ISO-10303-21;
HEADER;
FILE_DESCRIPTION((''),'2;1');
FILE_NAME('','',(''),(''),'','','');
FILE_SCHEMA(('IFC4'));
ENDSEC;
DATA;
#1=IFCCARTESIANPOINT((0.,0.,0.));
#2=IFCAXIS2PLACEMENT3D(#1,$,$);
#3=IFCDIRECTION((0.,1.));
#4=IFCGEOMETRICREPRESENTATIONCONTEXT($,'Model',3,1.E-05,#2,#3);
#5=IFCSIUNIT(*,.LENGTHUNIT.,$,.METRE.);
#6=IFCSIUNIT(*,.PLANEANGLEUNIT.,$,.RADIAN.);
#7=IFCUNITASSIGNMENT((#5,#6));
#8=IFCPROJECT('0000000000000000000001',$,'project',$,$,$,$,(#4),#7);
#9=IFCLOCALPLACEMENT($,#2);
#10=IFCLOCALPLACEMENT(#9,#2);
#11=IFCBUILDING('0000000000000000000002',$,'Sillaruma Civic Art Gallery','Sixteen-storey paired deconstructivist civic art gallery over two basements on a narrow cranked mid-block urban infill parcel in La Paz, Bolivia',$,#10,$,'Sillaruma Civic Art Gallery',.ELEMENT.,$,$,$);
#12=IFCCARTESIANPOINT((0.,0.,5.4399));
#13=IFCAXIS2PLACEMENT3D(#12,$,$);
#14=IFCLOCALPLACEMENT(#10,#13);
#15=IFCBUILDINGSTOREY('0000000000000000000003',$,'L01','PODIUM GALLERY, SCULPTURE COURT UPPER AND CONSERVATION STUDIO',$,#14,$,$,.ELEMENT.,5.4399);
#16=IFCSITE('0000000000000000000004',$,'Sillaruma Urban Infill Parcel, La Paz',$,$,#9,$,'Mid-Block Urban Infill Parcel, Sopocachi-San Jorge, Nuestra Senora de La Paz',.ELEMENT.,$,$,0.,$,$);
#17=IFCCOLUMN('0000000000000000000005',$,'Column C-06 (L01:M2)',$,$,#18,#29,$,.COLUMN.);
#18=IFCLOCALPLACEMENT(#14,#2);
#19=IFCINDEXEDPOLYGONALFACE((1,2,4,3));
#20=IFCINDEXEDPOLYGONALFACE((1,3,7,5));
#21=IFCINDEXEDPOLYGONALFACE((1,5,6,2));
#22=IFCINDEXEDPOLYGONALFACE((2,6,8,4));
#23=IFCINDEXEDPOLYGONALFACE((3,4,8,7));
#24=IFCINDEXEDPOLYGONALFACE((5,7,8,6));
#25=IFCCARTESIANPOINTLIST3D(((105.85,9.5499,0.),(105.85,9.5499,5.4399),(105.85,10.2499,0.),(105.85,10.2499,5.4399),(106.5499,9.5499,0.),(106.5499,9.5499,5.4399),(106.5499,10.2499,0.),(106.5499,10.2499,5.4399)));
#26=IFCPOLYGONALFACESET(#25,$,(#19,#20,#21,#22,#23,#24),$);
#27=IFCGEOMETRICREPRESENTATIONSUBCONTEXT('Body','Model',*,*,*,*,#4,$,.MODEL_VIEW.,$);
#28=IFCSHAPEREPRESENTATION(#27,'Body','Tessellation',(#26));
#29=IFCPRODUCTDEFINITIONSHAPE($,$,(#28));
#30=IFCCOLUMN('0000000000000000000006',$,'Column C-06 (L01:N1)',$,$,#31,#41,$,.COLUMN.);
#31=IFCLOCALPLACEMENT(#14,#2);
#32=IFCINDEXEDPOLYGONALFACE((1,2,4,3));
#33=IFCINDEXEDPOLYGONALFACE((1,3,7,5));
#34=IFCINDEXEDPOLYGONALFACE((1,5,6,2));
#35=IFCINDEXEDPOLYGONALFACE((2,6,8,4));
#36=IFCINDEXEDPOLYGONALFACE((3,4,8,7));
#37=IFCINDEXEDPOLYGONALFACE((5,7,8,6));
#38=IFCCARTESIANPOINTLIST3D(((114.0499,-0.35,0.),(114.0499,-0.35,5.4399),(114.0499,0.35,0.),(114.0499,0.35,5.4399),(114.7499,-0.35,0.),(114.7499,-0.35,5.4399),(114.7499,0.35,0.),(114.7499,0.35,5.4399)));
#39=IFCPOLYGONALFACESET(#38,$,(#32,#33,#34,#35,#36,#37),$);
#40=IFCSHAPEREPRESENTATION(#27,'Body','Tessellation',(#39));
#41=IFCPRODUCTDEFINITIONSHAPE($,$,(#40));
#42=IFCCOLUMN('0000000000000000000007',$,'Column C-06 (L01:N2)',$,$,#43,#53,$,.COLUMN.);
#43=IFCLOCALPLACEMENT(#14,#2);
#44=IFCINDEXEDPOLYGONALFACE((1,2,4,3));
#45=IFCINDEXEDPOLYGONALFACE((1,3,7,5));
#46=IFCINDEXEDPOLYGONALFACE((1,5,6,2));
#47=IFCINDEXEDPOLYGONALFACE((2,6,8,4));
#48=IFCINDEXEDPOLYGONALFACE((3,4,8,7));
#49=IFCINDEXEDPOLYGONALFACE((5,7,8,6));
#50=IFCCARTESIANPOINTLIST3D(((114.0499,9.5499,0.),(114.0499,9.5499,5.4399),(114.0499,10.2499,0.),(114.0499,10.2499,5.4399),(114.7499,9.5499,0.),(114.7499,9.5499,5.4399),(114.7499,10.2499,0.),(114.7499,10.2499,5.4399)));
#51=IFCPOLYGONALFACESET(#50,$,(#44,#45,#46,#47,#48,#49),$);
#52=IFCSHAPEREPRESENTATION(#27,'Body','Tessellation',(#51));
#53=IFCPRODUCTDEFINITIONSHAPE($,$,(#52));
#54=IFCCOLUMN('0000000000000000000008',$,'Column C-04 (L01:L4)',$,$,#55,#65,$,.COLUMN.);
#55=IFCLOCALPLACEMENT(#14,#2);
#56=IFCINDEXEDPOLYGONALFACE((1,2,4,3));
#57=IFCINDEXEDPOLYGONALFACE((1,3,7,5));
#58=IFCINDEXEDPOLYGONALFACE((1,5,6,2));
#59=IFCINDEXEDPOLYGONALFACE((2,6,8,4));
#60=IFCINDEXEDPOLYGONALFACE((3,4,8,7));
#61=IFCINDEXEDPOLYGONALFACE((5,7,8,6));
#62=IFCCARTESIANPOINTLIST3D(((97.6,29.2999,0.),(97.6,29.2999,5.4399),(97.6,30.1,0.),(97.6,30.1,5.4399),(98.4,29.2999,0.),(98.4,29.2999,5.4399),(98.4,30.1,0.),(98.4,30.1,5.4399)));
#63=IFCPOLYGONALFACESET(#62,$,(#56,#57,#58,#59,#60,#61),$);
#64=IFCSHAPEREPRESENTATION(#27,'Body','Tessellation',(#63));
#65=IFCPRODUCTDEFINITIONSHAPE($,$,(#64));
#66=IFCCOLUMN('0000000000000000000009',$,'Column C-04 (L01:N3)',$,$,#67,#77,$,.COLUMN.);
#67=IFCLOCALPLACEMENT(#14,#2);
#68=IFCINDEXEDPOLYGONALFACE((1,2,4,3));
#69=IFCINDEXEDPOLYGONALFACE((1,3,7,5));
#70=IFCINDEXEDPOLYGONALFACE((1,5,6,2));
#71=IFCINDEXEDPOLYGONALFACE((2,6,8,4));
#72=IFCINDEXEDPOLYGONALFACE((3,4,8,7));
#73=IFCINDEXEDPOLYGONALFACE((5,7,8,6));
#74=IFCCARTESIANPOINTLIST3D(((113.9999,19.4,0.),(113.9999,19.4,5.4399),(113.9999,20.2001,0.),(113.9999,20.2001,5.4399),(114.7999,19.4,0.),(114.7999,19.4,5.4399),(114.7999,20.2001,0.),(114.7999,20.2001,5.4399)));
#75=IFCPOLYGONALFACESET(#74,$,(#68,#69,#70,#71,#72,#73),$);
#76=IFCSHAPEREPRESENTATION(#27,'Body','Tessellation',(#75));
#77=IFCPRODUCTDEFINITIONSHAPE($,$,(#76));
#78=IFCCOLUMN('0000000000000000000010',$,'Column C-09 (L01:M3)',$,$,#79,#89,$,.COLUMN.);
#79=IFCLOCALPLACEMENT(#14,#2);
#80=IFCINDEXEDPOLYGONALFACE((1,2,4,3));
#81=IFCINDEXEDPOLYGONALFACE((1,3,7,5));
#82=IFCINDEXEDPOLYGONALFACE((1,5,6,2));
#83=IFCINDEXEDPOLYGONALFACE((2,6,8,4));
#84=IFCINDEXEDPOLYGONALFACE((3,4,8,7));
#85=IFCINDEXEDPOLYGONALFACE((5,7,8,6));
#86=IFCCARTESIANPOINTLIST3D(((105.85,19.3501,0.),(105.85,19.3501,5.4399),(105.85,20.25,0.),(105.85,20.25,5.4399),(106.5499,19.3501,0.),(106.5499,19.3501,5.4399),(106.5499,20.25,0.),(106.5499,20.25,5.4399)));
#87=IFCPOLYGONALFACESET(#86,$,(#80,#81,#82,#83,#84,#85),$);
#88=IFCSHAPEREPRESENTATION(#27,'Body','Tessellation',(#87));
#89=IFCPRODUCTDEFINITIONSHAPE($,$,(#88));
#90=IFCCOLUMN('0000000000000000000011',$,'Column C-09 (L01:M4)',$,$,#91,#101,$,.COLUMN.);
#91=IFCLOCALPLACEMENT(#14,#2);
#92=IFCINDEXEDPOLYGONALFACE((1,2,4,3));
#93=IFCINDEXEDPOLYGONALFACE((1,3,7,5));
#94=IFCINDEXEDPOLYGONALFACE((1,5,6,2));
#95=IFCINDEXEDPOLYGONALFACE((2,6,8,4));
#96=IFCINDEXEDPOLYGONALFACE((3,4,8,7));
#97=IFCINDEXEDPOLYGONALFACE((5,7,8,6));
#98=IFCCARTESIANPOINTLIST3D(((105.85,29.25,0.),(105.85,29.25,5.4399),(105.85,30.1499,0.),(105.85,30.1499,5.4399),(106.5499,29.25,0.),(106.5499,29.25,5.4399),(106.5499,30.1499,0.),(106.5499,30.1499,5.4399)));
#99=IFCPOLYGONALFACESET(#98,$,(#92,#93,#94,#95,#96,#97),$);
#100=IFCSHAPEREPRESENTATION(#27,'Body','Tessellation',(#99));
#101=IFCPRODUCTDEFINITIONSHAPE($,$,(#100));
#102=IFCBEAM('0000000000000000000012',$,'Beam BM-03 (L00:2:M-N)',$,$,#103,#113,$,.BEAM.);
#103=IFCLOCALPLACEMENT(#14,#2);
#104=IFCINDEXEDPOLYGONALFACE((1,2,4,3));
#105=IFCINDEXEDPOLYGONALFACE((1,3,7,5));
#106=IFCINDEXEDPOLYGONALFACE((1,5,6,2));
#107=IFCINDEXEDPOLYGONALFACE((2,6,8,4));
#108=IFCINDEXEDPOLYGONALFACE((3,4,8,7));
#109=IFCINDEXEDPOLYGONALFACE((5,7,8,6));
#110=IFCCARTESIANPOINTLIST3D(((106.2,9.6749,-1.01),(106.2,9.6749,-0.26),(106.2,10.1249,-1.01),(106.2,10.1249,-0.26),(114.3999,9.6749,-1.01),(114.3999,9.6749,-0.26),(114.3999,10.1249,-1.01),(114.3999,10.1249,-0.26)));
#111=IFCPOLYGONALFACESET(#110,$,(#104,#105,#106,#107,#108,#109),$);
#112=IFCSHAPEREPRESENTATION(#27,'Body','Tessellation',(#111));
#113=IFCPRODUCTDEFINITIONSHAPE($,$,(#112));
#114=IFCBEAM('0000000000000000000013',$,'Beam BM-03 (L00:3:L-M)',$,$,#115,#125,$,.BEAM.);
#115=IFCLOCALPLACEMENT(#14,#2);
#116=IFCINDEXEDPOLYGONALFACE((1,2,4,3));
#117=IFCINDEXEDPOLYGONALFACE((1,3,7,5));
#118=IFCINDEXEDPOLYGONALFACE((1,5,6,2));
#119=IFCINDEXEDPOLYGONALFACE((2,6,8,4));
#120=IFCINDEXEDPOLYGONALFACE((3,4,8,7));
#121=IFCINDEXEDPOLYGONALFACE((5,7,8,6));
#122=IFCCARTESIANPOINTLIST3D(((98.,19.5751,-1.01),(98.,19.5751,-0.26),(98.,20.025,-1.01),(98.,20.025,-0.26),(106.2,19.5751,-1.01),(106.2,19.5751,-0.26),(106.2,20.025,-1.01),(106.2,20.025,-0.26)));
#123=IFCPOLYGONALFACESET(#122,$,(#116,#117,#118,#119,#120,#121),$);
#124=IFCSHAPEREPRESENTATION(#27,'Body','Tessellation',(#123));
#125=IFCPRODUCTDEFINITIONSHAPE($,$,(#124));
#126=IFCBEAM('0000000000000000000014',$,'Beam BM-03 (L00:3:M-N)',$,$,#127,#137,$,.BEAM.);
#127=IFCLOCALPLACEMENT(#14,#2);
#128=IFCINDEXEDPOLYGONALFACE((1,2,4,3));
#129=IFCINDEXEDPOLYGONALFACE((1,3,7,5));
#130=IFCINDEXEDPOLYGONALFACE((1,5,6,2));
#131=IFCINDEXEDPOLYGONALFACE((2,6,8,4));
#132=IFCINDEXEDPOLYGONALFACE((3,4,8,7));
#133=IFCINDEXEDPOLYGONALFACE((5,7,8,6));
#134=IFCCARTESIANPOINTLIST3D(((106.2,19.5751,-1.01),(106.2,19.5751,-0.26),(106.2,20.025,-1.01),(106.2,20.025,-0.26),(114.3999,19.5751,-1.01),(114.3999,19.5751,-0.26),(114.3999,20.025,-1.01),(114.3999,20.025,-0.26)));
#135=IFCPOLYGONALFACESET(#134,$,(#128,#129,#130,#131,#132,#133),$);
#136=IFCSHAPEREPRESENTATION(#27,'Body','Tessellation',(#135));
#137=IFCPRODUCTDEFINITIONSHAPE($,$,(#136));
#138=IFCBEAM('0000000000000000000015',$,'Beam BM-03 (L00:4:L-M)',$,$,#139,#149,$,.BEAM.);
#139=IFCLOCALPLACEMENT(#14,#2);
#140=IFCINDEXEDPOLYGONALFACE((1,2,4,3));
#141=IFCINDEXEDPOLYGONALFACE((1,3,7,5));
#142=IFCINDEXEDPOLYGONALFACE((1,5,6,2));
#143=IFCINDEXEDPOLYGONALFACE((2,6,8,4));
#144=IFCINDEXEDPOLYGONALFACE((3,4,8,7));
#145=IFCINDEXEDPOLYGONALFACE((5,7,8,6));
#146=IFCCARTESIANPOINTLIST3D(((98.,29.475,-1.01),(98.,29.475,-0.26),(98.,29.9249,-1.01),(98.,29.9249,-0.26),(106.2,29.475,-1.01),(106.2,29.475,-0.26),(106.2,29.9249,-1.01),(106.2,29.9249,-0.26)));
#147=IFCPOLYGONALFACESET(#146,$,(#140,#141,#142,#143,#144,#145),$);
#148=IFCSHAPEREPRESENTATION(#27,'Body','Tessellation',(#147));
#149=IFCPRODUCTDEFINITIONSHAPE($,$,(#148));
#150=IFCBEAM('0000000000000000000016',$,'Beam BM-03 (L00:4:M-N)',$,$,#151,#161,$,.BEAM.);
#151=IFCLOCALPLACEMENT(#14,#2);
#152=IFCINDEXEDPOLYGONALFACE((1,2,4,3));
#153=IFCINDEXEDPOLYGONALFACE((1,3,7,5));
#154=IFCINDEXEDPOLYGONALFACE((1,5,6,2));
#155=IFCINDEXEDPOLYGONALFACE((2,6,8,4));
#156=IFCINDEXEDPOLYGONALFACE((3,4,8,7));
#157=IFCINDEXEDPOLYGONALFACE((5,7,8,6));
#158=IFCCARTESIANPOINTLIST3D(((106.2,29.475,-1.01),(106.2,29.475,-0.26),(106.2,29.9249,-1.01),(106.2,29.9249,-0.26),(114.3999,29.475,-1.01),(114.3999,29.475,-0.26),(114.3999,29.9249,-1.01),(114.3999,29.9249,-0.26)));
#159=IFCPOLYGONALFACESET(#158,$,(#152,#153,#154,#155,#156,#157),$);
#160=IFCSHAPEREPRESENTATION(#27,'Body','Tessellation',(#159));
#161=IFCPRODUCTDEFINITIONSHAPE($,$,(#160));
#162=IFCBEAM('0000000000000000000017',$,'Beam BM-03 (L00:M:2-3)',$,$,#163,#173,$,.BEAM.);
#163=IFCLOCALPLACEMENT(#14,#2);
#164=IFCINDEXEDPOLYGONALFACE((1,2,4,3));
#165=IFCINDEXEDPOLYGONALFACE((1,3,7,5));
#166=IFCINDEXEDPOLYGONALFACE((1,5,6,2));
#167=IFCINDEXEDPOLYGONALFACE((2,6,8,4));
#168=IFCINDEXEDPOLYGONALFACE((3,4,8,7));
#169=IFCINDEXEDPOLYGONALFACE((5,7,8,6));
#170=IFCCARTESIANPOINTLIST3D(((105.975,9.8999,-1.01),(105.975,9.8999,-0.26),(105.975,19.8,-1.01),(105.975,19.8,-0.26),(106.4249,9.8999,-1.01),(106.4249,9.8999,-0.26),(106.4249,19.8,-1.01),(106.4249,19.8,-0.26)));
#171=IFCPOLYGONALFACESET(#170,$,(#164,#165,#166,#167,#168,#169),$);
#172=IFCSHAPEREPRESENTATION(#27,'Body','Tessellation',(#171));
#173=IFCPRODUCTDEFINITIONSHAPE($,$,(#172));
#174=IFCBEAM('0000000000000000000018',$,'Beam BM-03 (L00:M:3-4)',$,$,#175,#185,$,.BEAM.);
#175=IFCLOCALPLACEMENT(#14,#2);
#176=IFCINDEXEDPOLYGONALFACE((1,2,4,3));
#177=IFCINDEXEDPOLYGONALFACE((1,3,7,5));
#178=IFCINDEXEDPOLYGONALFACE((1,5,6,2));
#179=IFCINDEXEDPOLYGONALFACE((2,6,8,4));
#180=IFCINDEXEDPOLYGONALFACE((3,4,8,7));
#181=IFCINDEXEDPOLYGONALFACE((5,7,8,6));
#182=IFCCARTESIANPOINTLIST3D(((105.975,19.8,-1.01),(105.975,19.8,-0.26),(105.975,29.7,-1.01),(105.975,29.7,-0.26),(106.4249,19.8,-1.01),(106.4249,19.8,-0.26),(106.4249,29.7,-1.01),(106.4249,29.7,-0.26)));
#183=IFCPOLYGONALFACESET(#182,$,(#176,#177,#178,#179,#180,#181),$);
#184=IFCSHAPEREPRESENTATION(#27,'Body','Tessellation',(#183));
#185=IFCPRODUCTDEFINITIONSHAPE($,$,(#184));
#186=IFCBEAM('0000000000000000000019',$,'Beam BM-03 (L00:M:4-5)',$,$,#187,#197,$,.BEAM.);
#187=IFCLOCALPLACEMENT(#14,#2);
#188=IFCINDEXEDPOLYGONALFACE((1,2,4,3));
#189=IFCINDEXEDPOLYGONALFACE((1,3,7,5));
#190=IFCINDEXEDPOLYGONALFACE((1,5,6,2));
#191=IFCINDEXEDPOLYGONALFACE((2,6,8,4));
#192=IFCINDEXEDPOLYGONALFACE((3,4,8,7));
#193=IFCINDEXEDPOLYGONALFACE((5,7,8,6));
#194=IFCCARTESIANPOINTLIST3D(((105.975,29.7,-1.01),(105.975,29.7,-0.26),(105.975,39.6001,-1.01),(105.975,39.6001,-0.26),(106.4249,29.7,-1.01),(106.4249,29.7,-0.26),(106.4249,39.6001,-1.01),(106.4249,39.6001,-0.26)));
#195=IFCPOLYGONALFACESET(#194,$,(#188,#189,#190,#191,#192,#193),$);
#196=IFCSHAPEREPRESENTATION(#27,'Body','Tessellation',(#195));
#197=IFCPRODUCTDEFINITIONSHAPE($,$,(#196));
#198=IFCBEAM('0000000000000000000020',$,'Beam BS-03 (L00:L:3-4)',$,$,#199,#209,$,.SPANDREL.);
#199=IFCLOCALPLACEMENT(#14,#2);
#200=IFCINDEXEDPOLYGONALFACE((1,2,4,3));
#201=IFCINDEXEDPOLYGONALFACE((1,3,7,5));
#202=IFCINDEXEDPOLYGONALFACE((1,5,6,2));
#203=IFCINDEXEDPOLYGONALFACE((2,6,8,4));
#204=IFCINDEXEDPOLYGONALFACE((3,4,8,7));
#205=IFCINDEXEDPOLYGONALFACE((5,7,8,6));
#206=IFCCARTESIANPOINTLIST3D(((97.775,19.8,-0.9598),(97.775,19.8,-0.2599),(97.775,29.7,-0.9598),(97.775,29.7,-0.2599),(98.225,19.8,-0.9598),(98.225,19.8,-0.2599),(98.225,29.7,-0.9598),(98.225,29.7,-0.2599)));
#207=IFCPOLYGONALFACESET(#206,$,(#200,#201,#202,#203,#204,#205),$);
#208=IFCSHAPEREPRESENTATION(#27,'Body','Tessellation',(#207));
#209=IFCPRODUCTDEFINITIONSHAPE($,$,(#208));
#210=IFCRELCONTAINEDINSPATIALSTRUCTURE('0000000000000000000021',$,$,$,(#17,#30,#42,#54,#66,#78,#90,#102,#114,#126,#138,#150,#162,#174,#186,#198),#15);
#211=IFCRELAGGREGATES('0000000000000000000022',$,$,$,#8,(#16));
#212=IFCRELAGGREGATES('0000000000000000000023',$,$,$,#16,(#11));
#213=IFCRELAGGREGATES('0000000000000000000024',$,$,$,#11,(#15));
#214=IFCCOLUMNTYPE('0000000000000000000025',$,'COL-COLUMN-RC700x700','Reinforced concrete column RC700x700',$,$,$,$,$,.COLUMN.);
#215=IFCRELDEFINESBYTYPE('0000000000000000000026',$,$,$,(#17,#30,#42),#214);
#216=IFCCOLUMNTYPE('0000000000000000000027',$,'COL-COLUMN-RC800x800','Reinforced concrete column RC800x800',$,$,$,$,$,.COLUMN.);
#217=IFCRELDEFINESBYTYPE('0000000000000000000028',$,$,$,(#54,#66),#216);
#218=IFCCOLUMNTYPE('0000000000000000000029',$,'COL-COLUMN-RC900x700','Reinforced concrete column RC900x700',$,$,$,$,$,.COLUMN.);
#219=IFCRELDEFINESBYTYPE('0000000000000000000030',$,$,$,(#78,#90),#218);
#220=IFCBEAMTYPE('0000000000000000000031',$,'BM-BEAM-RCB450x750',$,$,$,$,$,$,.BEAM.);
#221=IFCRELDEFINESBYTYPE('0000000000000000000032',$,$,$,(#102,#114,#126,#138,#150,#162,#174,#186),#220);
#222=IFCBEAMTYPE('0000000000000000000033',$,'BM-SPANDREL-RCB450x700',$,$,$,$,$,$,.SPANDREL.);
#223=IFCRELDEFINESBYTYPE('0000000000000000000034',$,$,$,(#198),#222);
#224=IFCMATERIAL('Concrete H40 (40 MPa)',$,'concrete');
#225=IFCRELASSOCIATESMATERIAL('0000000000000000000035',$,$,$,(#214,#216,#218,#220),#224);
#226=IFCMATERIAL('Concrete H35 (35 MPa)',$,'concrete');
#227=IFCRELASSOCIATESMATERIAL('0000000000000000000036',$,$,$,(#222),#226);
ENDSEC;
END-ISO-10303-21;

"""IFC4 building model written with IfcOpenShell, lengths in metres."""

from ifc_helpers import new_model, si_unit, direction, frame, origin, origin_2d, place, context, subcontext, project, spatial, rectangle, extrude, material, material_profile, profile_set, type_object, element, save


model = new_model("IFC4")

# Units and contexts
model_context = context("Model", 3, precision=1e-05, world=origin(), true_north=direction((0.0, 1.0)))
body_context = subcontext(model_context, "Body", "Model", "MODEL_VIEW")
ifc_project = project(units=[si_unit("LENGTHUNIT", "METRE"), si_unit("PLANEANGLEUNIT", "RADIAN")], contexts=[model_context])

# Site, building, storey
site_placement = place(None, origin())
site = spatial("IfcSite", under=ifc_project, at=site_placement, Name="Sillaruma Urban Infill Parcel, La Paz", LongName="Mid-Block Urban Infill Parcel, Sopocachi-San Jorge, Nuestra Senora de La Paz", CompositionType="ELEMENT", RefElevation=0.0)
building_placement = place(site_placement, origin())
building = spatial("IfcBuilding", under=site, at=building_placement, Name="Sillaruma Civic Art Gallery", Description="Sixteen-storey paired deconstructivist civic art gallery over two basements on a narrow cranked mid-block urban infill parcel in La Paz, Bolivia", LongName="Sillaruma Civic Art Gallery", CompositionType="ELEMENT")
storey_placement = place(building_placement, frame((0.0, 0.0, 5.4399)))
storey = spatial("IfcBuildingStorey", under=building, at=storey_placement, Name="L01", Description="PODIUM GALLERY, SCULPTURE COURT UPPER AND CONSERVATION STUDIO", CompositionType="ELEMENT", Elevation=5.4399)

# Columns
ifc_material_1 = material(Name="Concrete H40 (40 MPa)", Category="concrete")
ifc_material_profile_1 = material_profile(ifc_material_1, rectangle(XDim=0.7, YDim=0.7, at=origin_2d()), Name="RC700x700")
ifc_profile_set_1 = profile_set([ifc_material_profile_1], Name="Concrete H40 (40 MPa)")
column_type_1 = type_object("IfcColumnType", Name="COL-COLUMN-RC700x700", Description="Reinforced concrete column RC700x700", PredefinedType="COLUMN", material=ifc_profile_set_1)
for number, where, z_axis, x_axis, name in (
    (1, (106.2, 9.8999, 0.0), (0.0, 0.0, 1.0), (1.0, 0.0, 0.0), "Column C-06 (L01:M2)"),
    (2, (114.3999, 0.0, 0.0), (0.0, 0.0, 1.0), (1.0, 0.0, 0.0), "Column C-06 (L01:N1)"),
    (3, (114.3999, 9.8999, 0.0), (0.0, 0.0, 1.0), (1.0, 0.0, 0.0), "Column C-06 (L01:N2)"),
):
    element("IfcColumn", number, at=place(storey_placement, frame(where, z_axis=z_axis, x_axis=x_axis)), inside=storey, type_object=column_type_1, Name=name, PredefinedType="COLUMN", context=body_context, shape_type="SweptSolid", body=[
        extrude(rectangle(XDim=0.7, YDim=0.7, at=origin_2d()), origin(), (0.0, 0.0, 1.0), 5.4399),
    ])
ifc_material_profile_2 = material_profile(ifc_material_1, rectangle(XDim=0.8, YDim=0.8, at=origin_2d()), Name="RC800x800")
ifc_profile_set_2 = profile_set([ifc_material_profile_2], Name="Concrete H40 (40 MPa)")
column_type_2 = type_object("IfcColumnType", Name="COL-COLUMN-RC800x800", Description="Reinforced concrete column RC800x800", PredefinedType="COLUMN", material=ifc_profile_set_2)
for number, where, z_axis, x_axis, name in (
    (4, (98.0, 29.7, 0.0), (0.0, 0.0, 1.0), (1.0, 0.0, 0.0), "Column C-04 (L01:L4)"),
    (5, (114.3999, 19.8, 0.0), (0.0, 0.0, 1.0), (1.0, 0.0, 0.0), "Column C-04 (L01:N3)"),
):
    element("IfcColumn", number, at=place(storey_placement, frame(where, z_axis=z_axis, x_axis=x_axis)), inside=storey, type_object=column_type_2, Name=name, PredefinedType="COLUMN", context=body_context, shape_type="SweptSolid", body=[
        extrude(rectangle(XDim=0.8, YDim=0.8, at=origin_2d()), origin(), (0.0, 0.0, 1.0), 5.4399),
    ])
ifc_material_profile_3 = material_profile(ifc_material_1, rectangle(XDim=0.7, YDim=0.8999, at=origin_2d()), Name="RC900x700")
ifc_profile_set_3 = profile_set([ifc_material_profile_3], Name="Concrete H40 (40 MPa)")
column_type_3 = type_object("IfcColumnType", Name="COL-COLUMN-RC900x700", Description="Reinforced concrete column RC900x700", PredefinedType="COLUMN", material=ifc_profile_set_3)
for number, where, z_axis, x_axis, name in (
    (6, (106.2, 19.8, 0.0), (0.0, 0.0, 1.0), (1.0, 0.0, 0.0), "Column C-09 (L01:M3)"),
    (7, (106.2, 29.7, 0.0), (0.0, 0.0, 1.0), (1.0, 0.0, 0.0), "Column C-09 (L01:M4)"),
):
    element("IfcColumn", number, at=place(storey_placement, frame(where, z_axis=z_axis, x_axis=x_axis)), inside=storey, type_object=column_type_3, Name=name, PredefinedType="COLUMN", context=body_context, shape_type="SweptSolid", body=[
        extrude(rectangle(XDim=0.7, YDim=0.8999, at=origin_2d()), origin(), (0.0, 0.0, 1.0), 5.4399),
    ])

# Beams
ifc_material_profile_4 = material_profile(ifc_material_1, rectangle(XDim=0.45, YDim=0.75, at=origin_2d()), Name="RCB450x750")
ifc_profile_set_4 = profile_set([ifc_material_profile_4], Name="Concrete H40 (40 MPa)")
beam_type_1 = type_object("IfcBeamType", Name="BM-BEAM-RCB450x750", PredefinedType="BEAM", material=ifc_profile_set_4)
for number, where, z_axis, x_axis, name in (
    (8, (106.2, 9.8999, -0.635), (1.0, 0.0, 0.0), (0.0, 1.0, 0.0), "Beam BM-03 (L00:2:M-N)"),
    (9, (98.0, 19.8, -0.635), (1.0, 0.0, 0.0), (0.0, 1.0, 0.0), "Beam BM-03 (L00:3:L-M)"),
    (10, (106.2, 19.8, -0.635), (1.0, 0.0, 0.0), (0.0, 1.0, 0.0), "Beam BM-03 (L00:3:M-N)"),
    (11, (98.0, 29.7, -0.635), (1.0, 0.0, 0.0), (0.0, 1.0, 0.0), "Beam BM-03 (L00:4:L-M)"),
    (12, (106.2, 29.7, -0.635), (1.0, 0.0, 0.0), (0.0, 1.0, 0.0), "Beam BM-03 (L00:4:M-N)"),
):
    element("IfcBeam", number, at=place(storey_placement, frame(where, z_axis=z_axis, x_axis=x_axis)), inside=storey, type_object=beam_type_1, Name=name, PredefinedType="BEAM", context=body_context, shape_type="SweptSolid", body=[
        extrude(rectangle(XDim=0.45, YDim=0.75, at=origin_2d()), origin(), (0.0, 0.0, 1.0), 8.2),
    ])
beam_1_placement = place(storey_placement, frame((106.2, 9.8999, -0.635), z_axis=(0.0, 1.0, 0.0), x_axis=(-1.0, 0.0, 0.0)))
element("IfcBeam", 13, at=beam_1_placement, inside=storey, type_object=beam_type_1, Name="Beam BM-03 (L00:M:2-3)", PredefinedType="BEAM", context=body_context, shape_type="SweptSolid", body=[
    extrude(rectangle(XDim=0.45, YDim=0.75, at=origin_2d()), origin(), (0.0, 0.0, 1.0), 9.9001),
])
beam_2_placement = place(storey_placement, frame((106.2, 19.8, -0.635), z_axis=(0.0, 1.0, 0.0), x_axis=(-1.0, 0.0, 0.0)))
element("IfcBeam", 14, at=beam_2_placement, inside=storey, type_object=beam_type_1, Name="Beam BM-03 (L00:M:3-4)", PredefinedType="BEAM", context=body_context, shape_type="SweptSolid", body=[
    extrude(rectangle(XDim=0.45, YDim=0.75, at=origin_2d()), origin(), (0.0, 0.0, 1.0), 9.8999),
])
beam_3_placement = place(storey_placement, frame((106.2, 29.7, -0.635), z_axis=(0.0, 1.0, 0.0), x_axis=(-1.0, 0.0, 0.0)))
element("IfcBeam", 15, at=beam_3_placement, inside=storey, type_object=beam_type_1, Name="Beam BM-03 (L00:M:4-5)", PredefinedType="BEAM", context=body_context, shape_type="SweptSolid", body=[
    extrude(rectangle(XDim=0.45, YDim=0.75, at=origin_2d()), origin(), (0.0, 0.0, 1.0), 9.9001),
])
ifc_material_2 = material(Name="Concrete H35 (35 MPa)", Category="concrete")
ifc_material_profile_5 = material_profile(ifc_material_2, rectangle(XDim=0.45, YDim=0.7, at=origin_2d()), Name="RCB450x700")
ifc_profile_set_5 = profile_set([ifc_material_profile_5], Name="Concrete H35 (35 MPa)")
beam_type_2 = type_object("IfcBeamType", Name="BM-SPANDREL-RCB450x700", PredefinedType="SPANDREL", material=ifc_profile_set_5)
beam_4_placement = place(storey_placement, frame((98.0, 19.8, -0.6099), z_axis=(0.0, 1.0, 0.0), x_axis=(-1.0, 0.0, 0.0)))
element("IfcBeam", 16, at=beam_4_placement, inside=storey, type_object=beam_type_2, Name="Beam BS-03 (L00:L:3-4)", PredefinedType="SPANDREL", context=body_context, shape_type="SweptSolid", body=[
    extrude(rectangle(XDim=0.45, YDim=0.7, at=origin_2d()), origin(), (0.0, 0.0, 1.0), 9.8999),
])

save(model, "model.ifc")
